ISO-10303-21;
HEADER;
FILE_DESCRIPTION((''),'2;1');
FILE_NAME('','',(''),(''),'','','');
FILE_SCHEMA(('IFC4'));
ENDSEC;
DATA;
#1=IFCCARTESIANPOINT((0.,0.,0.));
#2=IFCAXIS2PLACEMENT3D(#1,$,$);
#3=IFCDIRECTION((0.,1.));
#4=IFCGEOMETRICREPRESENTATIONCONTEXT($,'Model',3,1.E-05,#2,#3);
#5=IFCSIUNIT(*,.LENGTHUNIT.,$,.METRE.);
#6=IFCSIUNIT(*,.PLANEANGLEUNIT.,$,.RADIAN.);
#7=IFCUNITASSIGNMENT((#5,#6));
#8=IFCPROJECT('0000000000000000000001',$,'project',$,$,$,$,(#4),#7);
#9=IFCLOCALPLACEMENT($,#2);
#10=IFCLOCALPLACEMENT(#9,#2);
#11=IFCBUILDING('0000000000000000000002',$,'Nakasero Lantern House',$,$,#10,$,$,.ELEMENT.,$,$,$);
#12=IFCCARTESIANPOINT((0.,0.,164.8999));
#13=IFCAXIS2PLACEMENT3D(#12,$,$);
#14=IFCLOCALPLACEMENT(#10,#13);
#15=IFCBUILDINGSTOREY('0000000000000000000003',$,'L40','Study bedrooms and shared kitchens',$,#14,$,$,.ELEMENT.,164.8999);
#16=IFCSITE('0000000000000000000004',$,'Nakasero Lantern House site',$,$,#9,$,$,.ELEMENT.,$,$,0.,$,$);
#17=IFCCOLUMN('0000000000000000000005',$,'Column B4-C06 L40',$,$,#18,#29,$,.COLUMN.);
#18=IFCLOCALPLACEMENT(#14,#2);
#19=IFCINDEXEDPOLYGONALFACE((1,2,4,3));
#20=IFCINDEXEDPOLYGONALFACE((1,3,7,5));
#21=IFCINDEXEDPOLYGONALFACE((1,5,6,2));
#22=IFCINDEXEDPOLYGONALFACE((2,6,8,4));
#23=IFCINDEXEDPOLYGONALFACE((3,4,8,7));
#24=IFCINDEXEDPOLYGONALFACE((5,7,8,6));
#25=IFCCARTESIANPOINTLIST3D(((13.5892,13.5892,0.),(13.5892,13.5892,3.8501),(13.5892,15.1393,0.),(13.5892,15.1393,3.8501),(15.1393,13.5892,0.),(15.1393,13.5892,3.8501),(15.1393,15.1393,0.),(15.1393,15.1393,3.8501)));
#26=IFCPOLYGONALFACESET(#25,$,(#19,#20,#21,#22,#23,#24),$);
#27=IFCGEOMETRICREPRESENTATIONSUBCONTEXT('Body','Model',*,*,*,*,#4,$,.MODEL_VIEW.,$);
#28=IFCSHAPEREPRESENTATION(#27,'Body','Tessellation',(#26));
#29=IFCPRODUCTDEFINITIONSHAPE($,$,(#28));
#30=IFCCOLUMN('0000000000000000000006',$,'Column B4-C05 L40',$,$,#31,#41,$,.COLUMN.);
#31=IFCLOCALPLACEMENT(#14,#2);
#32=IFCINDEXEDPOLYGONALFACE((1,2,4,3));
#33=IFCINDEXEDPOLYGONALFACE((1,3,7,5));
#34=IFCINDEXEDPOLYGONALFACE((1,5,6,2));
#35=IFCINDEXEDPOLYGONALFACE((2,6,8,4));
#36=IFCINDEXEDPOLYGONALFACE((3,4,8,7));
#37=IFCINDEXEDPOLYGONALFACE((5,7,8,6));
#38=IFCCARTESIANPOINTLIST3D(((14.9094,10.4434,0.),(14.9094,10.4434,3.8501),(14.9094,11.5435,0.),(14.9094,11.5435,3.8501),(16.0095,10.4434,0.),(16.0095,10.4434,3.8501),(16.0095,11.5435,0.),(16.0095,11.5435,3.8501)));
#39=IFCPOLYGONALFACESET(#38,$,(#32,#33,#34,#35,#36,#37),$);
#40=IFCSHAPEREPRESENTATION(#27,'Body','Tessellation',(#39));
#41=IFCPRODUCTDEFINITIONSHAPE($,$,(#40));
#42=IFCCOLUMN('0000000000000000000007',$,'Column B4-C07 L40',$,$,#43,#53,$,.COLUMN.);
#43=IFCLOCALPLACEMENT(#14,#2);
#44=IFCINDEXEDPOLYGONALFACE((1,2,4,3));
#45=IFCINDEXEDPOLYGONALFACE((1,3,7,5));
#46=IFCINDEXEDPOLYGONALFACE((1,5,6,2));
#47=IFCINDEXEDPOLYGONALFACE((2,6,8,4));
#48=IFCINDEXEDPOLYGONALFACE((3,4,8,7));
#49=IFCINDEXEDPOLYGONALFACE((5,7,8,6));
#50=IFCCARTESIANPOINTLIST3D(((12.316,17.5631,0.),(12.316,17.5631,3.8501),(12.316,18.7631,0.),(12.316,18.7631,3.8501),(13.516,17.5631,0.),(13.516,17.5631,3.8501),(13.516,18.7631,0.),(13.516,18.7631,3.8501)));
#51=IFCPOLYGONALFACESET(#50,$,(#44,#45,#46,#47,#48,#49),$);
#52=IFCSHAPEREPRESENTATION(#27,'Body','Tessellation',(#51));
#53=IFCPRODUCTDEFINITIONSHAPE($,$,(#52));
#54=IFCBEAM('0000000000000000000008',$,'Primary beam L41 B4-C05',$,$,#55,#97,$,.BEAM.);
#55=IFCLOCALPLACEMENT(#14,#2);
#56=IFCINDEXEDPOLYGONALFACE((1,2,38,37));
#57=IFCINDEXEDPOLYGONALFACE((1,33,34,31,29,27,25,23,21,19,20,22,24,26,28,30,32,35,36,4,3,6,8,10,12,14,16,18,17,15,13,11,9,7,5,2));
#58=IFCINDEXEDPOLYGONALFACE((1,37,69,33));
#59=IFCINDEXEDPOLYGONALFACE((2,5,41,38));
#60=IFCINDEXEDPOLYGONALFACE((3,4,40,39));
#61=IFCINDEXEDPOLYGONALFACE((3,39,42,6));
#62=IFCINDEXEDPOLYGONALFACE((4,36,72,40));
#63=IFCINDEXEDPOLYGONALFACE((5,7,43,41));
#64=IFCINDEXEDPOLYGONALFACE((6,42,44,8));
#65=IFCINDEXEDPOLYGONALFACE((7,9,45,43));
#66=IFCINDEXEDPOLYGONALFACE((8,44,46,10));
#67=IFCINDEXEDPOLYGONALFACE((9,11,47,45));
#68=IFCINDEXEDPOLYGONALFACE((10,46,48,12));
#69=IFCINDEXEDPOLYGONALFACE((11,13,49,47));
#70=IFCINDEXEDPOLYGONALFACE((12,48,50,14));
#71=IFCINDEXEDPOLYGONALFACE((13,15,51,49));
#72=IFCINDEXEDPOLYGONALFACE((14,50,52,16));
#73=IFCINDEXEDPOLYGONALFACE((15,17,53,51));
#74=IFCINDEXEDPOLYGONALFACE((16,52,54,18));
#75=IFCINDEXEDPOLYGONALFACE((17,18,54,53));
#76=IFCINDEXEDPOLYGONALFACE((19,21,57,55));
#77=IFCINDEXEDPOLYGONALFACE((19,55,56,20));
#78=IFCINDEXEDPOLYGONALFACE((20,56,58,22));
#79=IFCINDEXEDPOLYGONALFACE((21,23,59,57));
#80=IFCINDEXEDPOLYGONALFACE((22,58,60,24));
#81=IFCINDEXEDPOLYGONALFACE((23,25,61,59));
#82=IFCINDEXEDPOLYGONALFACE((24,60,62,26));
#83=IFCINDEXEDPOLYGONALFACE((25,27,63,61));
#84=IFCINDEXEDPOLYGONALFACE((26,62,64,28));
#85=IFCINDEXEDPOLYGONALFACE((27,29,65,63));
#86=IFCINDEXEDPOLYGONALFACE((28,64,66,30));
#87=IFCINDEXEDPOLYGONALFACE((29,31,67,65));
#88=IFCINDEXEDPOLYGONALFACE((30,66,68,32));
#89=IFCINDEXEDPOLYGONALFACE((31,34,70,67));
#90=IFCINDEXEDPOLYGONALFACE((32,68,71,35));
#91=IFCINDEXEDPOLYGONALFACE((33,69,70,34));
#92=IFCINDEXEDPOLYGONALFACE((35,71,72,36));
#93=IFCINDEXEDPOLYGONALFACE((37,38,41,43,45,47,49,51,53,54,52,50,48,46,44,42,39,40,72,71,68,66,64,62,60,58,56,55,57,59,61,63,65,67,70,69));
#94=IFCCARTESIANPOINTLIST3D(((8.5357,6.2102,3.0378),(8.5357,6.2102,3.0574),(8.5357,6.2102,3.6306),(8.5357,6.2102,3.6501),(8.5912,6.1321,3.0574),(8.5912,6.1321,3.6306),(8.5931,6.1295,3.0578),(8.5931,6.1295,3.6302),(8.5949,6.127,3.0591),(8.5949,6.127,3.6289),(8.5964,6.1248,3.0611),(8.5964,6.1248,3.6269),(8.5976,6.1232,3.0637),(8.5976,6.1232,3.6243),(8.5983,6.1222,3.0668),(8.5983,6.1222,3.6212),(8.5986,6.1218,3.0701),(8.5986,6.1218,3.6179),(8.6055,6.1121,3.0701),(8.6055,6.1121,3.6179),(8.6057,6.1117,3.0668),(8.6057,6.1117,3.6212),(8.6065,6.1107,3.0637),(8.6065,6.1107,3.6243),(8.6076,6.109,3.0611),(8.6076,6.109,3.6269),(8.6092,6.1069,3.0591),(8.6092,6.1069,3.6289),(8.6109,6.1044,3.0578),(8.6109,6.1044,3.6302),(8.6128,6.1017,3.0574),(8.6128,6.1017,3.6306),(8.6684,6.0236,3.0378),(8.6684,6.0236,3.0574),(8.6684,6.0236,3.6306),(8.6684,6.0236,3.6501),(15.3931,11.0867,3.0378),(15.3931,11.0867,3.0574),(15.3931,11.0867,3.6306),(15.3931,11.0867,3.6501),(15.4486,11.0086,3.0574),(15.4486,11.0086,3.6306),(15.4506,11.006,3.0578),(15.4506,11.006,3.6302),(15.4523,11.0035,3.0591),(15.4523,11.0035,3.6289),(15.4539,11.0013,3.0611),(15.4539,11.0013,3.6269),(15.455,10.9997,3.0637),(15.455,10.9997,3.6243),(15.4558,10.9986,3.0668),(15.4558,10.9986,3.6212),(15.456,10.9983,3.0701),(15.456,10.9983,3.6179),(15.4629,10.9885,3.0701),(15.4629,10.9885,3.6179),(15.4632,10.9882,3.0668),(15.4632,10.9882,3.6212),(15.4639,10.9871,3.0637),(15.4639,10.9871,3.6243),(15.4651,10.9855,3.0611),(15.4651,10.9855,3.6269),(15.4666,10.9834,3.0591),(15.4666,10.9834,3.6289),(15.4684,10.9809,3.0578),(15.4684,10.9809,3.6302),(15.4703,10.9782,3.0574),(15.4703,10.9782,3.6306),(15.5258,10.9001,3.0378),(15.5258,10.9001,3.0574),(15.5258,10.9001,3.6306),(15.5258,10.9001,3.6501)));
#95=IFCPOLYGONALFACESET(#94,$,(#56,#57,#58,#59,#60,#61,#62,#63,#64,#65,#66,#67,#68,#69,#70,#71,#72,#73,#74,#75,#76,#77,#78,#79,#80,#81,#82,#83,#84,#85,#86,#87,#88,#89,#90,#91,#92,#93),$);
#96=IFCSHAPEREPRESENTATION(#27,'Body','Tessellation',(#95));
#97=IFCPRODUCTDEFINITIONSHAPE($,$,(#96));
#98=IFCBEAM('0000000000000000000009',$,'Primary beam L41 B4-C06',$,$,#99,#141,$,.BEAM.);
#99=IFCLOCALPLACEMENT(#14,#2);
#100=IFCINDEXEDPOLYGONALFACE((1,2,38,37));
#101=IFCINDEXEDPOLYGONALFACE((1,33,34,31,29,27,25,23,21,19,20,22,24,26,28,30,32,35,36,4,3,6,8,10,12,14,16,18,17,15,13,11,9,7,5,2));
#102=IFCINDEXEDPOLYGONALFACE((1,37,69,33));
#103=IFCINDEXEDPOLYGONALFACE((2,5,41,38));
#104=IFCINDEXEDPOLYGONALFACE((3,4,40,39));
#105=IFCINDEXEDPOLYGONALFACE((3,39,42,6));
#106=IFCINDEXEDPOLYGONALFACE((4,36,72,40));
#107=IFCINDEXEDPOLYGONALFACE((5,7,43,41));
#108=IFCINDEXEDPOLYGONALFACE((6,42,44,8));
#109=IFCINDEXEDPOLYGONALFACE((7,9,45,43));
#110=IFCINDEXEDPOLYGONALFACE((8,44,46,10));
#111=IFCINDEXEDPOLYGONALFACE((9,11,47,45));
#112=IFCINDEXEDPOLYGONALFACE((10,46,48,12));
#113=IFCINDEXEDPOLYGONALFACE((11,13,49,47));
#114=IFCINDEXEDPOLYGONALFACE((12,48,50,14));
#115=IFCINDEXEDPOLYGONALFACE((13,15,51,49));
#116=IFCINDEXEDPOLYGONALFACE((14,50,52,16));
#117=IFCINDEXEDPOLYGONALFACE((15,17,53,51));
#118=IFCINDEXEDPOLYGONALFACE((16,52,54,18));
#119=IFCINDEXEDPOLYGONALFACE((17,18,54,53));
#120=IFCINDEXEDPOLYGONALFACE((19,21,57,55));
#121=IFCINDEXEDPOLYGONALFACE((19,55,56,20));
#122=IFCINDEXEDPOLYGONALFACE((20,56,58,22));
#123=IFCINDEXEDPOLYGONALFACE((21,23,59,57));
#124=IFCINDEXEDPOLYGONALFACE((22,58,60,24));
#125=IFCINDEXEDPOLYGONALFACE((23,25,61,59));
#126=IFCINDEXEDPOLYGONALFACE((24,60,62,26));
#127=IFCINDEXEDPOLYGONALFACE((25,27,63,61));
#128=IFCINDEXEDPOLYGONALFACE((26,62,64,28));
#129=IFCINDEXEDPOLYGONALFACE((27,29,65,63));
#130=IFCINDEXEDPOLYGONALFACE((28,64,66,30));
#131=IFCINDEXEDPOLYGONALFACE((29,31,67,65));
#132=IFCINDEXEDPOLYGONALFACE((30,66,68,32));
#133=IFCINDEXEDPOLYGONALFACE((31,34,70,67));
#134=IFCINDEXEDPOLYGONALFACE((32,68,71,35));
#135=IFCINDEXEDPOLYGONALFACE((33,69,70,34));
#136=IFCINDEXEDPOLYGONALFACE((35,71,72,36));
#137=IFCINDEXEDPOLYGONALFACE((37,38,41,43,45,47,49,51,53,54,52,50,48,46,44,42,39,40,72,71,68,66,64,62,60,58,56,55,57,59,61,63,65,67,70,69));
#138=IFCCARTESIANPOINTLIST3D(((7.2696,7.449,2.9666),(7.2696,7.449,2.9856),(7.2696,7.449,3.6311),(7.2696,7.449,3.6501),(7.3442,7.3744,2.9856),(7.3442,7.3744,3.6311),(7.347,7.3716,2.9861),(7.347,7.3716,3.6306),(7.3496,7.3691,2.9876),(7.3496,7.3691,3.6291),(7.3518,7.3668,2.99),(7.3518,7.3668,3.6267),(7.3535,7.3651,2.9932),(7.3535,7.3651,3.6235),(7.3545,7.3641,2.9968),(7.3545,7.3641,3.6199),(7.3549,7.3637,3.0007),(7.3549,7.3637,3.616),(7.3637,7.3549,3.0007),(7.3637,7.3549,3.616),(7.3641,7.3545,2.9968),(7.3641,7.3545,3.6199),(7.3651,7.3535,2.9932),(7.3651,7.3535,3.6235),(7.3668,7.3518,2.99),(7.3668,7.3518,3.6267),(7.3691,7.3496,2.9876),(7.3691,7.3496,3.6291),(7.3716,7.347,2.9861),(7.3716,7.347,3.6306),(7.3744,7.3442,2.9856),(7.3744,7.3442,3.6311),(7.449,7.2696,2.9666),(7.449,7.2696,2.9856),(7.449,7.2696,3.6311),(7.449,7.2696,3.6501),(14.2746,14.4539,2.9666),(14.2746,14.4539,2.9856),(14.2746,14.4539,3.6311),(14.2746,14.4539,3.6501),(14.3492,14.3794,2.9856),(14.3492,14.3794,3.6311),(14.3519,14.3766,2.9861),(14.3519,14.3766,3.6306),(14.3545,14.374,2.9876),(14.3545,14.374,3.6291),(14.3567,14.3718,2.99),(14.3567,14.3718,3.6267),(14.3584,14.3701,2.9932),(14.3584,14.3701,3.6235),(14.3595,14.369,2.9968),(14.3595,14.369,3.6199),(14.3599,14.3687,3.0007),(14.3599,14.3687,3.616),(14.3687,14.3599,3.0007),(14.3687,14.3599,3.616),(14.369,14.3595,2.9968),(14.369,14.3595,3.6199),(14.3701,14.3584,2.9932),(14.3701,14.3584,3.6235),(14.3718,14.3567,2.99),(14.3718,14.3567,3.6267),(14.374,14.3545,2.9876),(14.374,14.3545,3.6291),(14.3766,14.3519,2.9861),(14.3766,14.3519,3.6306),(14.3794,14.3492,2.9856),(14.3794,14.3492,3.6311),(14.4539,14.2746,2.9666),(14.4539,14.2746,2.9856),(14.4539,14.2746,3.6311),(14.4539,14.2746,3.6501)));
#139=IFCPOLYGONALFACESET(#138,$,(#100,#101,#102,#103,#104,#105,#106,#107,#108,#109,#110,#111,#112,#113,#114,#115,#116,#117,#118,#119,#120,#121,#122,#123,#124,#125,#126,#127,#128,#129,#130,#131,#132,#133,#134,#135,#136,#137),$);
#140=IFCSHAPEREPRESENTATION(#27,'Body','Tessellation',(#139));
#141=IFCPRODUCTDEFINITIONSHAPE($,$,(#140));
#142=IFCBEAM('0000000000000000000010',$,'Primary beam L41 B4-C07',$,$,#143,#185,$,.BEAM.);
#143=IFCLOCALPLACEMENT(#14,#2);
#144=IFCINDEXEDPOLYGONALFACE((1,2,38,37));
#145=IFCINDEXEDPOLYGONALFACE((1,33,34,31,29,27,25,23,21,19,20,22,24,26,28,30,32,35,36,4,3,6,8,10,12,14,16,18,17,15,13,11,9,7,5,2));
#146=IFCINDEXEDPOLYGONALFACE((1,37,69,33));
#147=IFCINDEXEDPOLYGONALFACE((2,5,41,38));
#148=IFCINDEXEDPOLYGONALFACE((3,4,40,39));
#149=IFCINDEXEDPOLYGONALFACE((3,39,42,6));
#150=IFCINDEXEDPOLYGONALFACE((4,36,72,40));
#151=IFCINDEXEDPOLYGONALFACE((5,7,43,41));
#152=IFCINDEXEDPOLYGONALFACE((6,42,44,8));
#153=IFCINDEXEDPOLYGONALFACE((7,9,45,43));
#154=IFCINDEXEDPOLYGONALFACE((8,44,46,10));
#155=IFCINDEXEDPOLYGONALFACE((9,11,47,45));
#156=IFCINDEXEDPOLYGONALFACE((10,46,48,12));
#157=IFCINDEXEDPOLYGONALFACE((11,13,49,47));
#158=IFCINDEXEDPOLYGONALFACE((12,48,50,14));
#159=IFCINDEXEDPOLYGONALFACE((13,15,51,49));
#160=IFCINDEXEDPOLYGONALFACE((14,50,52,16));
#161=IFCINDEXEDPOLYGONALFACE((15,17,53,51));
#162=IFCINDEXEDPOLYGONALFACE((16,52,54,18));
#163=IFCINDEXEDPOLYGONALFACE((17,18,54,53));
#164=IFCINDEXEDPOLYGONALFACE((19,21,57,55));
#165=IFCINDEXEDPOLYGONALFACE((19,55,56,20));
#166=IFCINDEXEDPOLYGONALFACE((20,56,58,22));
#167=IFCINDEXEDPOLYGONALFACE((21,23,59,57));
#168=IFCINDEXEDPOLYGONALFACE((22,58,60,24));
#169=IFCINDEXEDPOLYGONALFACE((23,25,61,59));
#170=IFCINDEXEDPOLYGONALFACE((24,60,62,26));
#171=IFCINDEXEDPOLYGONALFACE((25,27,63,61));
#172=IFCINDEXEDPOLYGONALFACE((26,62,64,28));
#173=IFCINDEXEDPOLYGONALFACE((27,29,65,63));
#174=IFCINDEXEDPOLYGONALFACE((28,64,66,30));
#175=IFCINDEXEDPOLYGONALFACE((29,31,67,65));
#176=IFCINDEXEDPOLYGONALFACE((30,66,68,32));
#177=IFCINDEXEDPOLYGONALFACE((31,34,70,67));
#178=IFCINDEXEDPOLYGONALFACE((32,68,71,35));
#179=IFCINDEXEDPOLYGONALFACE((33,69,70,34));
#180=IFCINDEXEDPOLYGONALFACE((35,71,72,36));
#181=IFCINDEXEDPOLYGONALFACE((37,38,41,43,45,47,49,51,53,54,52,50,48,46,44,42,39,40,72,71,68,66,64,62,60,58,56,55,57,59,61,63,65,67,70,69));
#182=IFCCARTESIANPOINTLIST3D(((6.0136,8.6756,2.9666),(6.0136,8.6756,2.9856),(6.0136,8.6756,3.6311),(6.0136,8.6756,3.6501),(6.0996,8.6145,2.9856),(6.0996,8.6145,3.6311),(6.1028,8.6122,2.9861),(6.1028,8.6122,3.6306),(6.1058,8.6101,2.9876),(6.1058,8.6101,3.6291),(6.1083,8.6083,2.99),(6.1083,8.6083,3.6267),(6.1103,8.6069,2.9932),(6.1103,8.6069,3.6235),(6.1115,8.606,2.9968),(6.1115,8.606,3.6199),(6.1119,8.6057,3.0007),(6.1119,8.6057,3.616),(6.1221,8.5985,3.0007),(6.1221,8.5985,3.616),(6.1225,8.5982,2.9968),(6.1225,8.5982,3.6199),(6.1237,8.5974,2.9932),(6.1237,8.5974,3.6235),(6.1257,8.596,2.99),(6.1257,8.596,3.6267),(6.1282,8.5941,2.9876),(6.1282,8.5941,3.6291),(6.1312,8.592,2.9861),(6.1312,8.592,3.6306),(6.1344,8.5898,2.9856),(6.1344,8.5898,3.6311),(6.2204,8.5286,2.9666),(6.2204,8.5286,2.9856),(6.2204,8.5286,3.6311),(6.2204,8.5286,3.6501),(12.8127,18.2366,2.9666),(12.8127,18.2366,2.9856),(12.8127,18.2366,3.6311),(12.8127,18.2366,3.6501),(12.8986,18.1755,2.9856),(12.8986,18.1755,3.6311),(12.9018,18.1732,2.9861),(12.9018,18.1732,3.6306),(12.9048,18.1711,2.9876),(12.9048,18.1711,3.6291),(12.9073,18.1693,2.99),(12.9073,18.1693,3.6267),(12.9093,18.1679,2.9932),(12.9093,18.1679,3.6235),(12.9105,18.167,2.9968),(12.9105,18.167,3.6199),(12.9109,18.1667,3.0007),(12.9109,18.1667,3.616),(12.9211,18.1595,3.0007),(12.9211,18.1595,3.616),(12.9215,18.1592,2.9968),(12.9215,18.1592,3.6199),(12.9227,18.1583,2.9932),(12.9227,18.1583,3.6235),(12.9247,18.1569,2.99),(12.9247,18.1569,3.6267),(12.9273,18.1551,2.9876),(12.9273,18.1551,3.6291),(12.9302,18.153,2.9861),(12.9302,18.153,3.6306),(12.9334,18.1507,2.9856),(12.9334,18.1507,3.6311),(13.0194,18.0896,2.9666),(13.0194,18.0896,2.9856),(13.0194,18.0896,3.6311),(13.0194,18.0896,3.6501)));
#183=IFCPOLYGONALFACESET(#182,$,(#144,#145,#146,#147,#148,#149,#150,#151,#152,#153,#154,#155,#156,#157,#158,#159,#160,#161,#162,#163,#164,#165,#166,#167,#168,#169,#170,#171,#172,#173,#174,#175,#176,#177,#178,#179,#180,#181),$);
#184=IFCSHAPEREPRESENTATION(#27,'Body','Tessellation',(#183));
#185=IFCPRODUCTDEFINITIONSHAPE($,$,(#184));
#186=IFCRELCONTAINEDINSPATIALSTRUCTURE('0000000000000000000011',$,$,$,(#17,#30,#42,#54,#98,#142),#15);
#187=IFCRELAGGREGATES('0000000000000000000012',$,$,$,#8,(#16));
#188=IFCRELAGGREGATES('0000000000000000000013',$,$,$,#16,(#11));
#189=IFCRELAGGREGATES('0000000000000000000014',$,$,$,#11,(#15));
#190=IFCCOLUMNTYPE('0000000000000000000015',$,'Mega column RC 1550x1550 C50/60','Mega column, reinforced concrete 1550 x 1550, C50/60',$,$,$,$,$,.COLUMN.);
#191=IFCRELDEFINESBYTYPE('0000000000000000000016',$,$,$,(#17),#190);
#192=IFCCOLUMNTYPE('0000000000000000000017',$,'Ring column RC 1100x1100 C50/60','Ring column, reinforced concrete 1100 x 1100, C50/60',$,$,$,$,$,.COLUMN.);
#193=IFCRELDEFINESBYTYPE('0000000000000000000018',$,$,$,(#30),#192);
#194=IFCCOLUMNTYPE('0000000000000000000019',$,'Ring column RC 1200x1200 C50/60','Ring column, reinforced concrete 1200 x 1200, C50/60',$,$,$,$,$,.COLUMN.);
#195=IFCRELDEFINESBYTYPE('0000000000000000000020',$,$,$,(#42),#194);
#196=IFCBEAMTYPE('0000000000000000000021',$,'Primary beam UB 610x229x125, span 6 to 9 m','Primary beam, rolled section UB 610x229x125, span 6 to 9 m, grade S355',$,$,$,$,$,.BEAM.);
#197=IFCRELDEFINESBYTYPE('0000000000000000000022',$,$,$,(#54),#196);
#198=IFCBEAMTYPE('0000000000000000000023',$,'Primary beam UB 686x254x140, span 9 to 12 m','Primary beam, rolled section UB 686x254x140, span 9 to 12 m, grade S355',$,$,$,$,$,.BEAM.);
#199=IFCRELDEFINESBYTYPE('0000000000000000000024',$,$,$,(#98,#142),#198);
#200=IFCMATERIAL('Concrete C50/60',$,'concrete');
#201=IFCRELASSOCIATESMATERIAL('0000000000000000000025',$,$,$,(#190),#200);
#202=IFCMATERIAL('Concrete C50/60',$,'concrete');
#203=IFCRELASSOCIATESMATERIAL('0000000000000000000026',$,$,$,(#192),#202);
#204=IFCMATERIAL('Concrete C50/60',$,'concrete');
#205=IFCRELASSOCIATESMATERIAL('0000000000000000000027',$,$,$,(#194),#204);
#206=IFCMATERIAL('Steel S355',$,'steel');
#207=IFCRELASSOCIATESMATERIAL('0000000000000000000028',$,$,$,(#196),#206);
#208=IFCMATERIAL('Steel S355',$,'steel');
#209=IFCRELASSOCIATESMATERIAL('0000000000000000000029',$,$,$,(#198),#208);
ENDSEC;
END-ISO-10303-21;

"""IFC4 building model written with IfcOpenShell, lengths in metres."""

from ifc_helpers import new_model, si_unit, direction, frame, origin, origin_2d, place, context, subcontext, project, spatial, rectangle, i_section, extrude, material, material_profile, profile_set, type_object, element, save


model = new_model("IFC4")

# Units and contexts
model_context = context("Model", 3, precision=1e-05, world=origin(), true_north=direction((0.0, 1.0)))
body_context = subcontext(model_context, "Body", "Model", "MODEL_VIEW")
ifc_project = project(units=[si_unit("LENGTHUNIT", "METRE"), si_unit("PLANEANGLEUNIT", "RADIAN")], contexts=[model_context])

# Site, building, storey
site_placement = place(None, origin())
site = spatial("IfcSite", under=ifc_project, at=site_placement, Name="Nakasero Lantern House site", CompositionType="ELEMENT", RefElevation=0.0)
building_placement = place(site_placement, origin())
building = spatial("IfcBuilding", under=site, at=building_placement, Name="Nakasero Lantern House", CompositionType="ELEMENT")
storey_placement = place(building_placement, frame((0.0, 0.0, 164.8999)))
storey = spatial("IfcBuildingStorey", under=building, at=storey_placement, Name="L40", Description="Study bedrooms and shared kitchens", CompositionType="ELEMENT", Elevation=164.8999)

# Columns
ifc_material_1 = material(Name="Concrete C50/60", Category="concrete")
ifc_material_profile_1 = material_profile(ifc_material_1, rectangle(XDim=1.55, YDim=1.55, at=origin_2d()), Name="RC 1550x1550")
ifc_profile_set_1 = profile_set([ifc_material_profile_1], Name="Concrete C50/60")
column_type_1 = type_object("IfcColumnType", Name="Mega column RC 1550x1550 C50/60", Description="Mega column, reinforced concrete 1550 x 1550, C50/60", PredefinedType="COLUMN", material=ifc_profile_set_1)
column_1_placement = place(storey_placement, frame((14.3643, 14.3643, 0.0), z_axis=(0.0, 0.0, 1.0), x_axis=(1.0, 0.0, 0.0)))
element("IfcColumn", 1, at=column_1_placement, inside=storey, type_object=column_type_1, Name="Column B4-C06 L40", PredefinedType="COLUMN", context=body_context, shape_type="SweptSolid", body=[
    extrude(rectangle(XDim=1.55, YDim=1.55, at=origin_2d()), origin(), (0.0, 0.0, 1.0), 3.8501),
])
ifc_material_2 = material(Name="Concrete C50/60", Category="concrete")
ifc_material_profile_2 = material_profile(ifc_material_2, rectangle(XDim=1.1001, YDim=1.1001, at=origin_2d()), Name="RC 1100x1100")
ifc_profile_set_2 = profile_set([ifc_material_profile_2], Name="Concrete C50/60")
column_type_2 = type_object("IfcColumnType", Name="Ring column RC 1100x1100 C50/60", Description="Ring column, reinforced concrete 1100 x 1100, C50/60", PredefinedType="COLUMN", material=ifc_profile_set_2)
column_2_placement = place(storey_placement, frame((15.4595, 10.9934, 0.0), z_axis=(0.0, 0.0, 1.0), x_axis=(1.0, 0.0, 0.0)))
element("IfcColumn", 2, at=column_2_placement, inside=storey, type_object=column_type_2, Name="Column B4-C05 L40", PredefinedType="COLUMN", context=body_context, shape_type="SweptSolid", body=[
    extrude(rectangle(XDim=1.1001, YDim=1.1001, at=origin_2d()), origin(), (0.0, 0.0, 1.0), 3.8501),
])
ifc_material_3 = material(Name="Concrete C50/60", Category="concrete")
ifc_material_profile_3 = material_profile(ifc_material_3, rectangle(XDim=1.2, YDim=1.2, at=origin_2d()), Name="RC 1200x1200")
ifc_profile_set_3 = profile_set([ifc_material_profile_3], Name="Concrete C50/60")
column_type_3 = type_object("IfcColumnType", Name="Ring column RC 1200x1200 C50/60", Description="Ring column, reinforced concrete 1200 x 1200, C50/60", PredefinedType="COLUMN", material=ifc_profile_set_3)
column_3_placement = place(storey_placement, frame((12.916, 18.1631, 0.0), z_axis=(0.0, 0.0, 1.0), x_axis=(1.0, 0.0, 0.0)))
element("IfcColumn", 3, at=column_3_placement, inside=storey, type_object=column_type_3, Name="Column B4-C07 L40", PredefinedType="COLUMN", context=body_context, shape_type="SweptSolid", body=[
    extrude(rectangle(XDim=1.2, YDim=1.2, at=origin_2d()), origin(), (0.0, 0.0, 1.0), 3.8501),
])

# Beams
ifc_material_4 = material(Name="Steel S355", Category="steel")
ifc_material_profile_4 = material_profile(ifc_material_4, i_section(OverallWidth=0.229, OverallDepth=0.6123, WebThickness=0.012, FlangeThickness=0.0195, FilletRadius=0.0127, at=origin_2d()), Name="UB 610x229x125")
ifc_profile_set_4 = profile_set([ifc_material_profile_4], Name="Steel S355")
beam_type_1 = type_object("IfcBeamType", Name="Primary beam UB 610x229x125, span 6 to 9 m", Description="Primary beam, rolled section UB 610x229x125, span 6 to 9 m, grade S355", PredefinedType="BEAM", material=ifc_profile_set_4)
beam_1_placement = place(storey_placement, frame((15.4595, 10.9934, 3.344), z_axis=(-0.814951, -0.57953, 0.0), x_axis=(0.57953, -0.814951, 0.0)))
element("IfcBeam", 4, at=beam_1_placement, inside=storey, type_object=beam_type_1, Name="Primary beam L41 B4-C05", PredefinedType="BEAM", context=body_context, shape_type="SweptSolid", body=[
    extrude(i_section(OverallWidth=0.229, OverallDepth=0.6123, WebThickness=0.012, FlangeThickness=0.0195, FilletRadius=0.0127, at=origin_2d()), origin(), (0.0, 0.0, 1.0), 8.4146),
])
ifc_material_5 = material(Name="Steel S355", Category="steel")
ifc_material_profile_5 = material_profile(ifc_material_5, i_section(OverallWidth=0.2537, OverallDepth=0.6836, WebThickness=0.0125, FlangeThickness=0.019, FilletRadius=0.0151, at=origin_2d()), Name="UB 686x254x140")
ifc_profile_set_5 = profile_set([ifc_material_profile_5], Name="Steel S355")
beam_type_2 = type_object("IfcBeamType", Name="Primary beam UB 686x254x140, span 9 to 12 m", Description="Primary beam, rolled section UB 686x254x140, span 9 to 12 m, grade S355", PredefinedType="BEAM", material=ifc_profile_set_5)
beam_2_placement = place(storey_placement, frame((14.3643, 14.3643, 3.3083), z_axis=(-0.707107, -0.707107, 0.0), x_axis=(0.707107, -0.707107, 0.0)))
element("IfcBeam", 5, at=beam_2_placement, inside=storey, type_object=beam_type_2, Name="Primary beam L41 B4-C06", PredefinedType="BEAM", context=body_context, shape_type="SweptSolid", body=[
    extrude(i_section(OverallWidth=0.2537, OverallDepth=0.6836, WebThickness=0.0125, FlangeThickness=0.019, FilletRadius=0.0151, at=origin_2d()), origin(), (0.0, 0.0, 1.0), 9.9065),
])
beam_3_placement = place(storey_placement, frame((12.916, 18.1631, 3.3083), z_axis=(-0.57953, -0.814951, 0.0), x_axis=(0.814951, -0.57953, 0.0)))
element("IfcBeam", 6, at=beam_3_placement, inside=storey, type_object=beam_type_2, Name="Primary beam L41 B4-C07", PredefinedType="BEAM", context=body_context, shape_type="SweptSolid", body=[
    extrude(i_section(OverallWidth=0.2537, OverallDepth=0.6836, WebThickness=0.0125, FlangeThickness=0.019, FilletRadius=0.0151, at=origin_2d()), origin(), (0.0, 0.0, 1.0), 11.7319),
])

save(model, "model.ifc")
